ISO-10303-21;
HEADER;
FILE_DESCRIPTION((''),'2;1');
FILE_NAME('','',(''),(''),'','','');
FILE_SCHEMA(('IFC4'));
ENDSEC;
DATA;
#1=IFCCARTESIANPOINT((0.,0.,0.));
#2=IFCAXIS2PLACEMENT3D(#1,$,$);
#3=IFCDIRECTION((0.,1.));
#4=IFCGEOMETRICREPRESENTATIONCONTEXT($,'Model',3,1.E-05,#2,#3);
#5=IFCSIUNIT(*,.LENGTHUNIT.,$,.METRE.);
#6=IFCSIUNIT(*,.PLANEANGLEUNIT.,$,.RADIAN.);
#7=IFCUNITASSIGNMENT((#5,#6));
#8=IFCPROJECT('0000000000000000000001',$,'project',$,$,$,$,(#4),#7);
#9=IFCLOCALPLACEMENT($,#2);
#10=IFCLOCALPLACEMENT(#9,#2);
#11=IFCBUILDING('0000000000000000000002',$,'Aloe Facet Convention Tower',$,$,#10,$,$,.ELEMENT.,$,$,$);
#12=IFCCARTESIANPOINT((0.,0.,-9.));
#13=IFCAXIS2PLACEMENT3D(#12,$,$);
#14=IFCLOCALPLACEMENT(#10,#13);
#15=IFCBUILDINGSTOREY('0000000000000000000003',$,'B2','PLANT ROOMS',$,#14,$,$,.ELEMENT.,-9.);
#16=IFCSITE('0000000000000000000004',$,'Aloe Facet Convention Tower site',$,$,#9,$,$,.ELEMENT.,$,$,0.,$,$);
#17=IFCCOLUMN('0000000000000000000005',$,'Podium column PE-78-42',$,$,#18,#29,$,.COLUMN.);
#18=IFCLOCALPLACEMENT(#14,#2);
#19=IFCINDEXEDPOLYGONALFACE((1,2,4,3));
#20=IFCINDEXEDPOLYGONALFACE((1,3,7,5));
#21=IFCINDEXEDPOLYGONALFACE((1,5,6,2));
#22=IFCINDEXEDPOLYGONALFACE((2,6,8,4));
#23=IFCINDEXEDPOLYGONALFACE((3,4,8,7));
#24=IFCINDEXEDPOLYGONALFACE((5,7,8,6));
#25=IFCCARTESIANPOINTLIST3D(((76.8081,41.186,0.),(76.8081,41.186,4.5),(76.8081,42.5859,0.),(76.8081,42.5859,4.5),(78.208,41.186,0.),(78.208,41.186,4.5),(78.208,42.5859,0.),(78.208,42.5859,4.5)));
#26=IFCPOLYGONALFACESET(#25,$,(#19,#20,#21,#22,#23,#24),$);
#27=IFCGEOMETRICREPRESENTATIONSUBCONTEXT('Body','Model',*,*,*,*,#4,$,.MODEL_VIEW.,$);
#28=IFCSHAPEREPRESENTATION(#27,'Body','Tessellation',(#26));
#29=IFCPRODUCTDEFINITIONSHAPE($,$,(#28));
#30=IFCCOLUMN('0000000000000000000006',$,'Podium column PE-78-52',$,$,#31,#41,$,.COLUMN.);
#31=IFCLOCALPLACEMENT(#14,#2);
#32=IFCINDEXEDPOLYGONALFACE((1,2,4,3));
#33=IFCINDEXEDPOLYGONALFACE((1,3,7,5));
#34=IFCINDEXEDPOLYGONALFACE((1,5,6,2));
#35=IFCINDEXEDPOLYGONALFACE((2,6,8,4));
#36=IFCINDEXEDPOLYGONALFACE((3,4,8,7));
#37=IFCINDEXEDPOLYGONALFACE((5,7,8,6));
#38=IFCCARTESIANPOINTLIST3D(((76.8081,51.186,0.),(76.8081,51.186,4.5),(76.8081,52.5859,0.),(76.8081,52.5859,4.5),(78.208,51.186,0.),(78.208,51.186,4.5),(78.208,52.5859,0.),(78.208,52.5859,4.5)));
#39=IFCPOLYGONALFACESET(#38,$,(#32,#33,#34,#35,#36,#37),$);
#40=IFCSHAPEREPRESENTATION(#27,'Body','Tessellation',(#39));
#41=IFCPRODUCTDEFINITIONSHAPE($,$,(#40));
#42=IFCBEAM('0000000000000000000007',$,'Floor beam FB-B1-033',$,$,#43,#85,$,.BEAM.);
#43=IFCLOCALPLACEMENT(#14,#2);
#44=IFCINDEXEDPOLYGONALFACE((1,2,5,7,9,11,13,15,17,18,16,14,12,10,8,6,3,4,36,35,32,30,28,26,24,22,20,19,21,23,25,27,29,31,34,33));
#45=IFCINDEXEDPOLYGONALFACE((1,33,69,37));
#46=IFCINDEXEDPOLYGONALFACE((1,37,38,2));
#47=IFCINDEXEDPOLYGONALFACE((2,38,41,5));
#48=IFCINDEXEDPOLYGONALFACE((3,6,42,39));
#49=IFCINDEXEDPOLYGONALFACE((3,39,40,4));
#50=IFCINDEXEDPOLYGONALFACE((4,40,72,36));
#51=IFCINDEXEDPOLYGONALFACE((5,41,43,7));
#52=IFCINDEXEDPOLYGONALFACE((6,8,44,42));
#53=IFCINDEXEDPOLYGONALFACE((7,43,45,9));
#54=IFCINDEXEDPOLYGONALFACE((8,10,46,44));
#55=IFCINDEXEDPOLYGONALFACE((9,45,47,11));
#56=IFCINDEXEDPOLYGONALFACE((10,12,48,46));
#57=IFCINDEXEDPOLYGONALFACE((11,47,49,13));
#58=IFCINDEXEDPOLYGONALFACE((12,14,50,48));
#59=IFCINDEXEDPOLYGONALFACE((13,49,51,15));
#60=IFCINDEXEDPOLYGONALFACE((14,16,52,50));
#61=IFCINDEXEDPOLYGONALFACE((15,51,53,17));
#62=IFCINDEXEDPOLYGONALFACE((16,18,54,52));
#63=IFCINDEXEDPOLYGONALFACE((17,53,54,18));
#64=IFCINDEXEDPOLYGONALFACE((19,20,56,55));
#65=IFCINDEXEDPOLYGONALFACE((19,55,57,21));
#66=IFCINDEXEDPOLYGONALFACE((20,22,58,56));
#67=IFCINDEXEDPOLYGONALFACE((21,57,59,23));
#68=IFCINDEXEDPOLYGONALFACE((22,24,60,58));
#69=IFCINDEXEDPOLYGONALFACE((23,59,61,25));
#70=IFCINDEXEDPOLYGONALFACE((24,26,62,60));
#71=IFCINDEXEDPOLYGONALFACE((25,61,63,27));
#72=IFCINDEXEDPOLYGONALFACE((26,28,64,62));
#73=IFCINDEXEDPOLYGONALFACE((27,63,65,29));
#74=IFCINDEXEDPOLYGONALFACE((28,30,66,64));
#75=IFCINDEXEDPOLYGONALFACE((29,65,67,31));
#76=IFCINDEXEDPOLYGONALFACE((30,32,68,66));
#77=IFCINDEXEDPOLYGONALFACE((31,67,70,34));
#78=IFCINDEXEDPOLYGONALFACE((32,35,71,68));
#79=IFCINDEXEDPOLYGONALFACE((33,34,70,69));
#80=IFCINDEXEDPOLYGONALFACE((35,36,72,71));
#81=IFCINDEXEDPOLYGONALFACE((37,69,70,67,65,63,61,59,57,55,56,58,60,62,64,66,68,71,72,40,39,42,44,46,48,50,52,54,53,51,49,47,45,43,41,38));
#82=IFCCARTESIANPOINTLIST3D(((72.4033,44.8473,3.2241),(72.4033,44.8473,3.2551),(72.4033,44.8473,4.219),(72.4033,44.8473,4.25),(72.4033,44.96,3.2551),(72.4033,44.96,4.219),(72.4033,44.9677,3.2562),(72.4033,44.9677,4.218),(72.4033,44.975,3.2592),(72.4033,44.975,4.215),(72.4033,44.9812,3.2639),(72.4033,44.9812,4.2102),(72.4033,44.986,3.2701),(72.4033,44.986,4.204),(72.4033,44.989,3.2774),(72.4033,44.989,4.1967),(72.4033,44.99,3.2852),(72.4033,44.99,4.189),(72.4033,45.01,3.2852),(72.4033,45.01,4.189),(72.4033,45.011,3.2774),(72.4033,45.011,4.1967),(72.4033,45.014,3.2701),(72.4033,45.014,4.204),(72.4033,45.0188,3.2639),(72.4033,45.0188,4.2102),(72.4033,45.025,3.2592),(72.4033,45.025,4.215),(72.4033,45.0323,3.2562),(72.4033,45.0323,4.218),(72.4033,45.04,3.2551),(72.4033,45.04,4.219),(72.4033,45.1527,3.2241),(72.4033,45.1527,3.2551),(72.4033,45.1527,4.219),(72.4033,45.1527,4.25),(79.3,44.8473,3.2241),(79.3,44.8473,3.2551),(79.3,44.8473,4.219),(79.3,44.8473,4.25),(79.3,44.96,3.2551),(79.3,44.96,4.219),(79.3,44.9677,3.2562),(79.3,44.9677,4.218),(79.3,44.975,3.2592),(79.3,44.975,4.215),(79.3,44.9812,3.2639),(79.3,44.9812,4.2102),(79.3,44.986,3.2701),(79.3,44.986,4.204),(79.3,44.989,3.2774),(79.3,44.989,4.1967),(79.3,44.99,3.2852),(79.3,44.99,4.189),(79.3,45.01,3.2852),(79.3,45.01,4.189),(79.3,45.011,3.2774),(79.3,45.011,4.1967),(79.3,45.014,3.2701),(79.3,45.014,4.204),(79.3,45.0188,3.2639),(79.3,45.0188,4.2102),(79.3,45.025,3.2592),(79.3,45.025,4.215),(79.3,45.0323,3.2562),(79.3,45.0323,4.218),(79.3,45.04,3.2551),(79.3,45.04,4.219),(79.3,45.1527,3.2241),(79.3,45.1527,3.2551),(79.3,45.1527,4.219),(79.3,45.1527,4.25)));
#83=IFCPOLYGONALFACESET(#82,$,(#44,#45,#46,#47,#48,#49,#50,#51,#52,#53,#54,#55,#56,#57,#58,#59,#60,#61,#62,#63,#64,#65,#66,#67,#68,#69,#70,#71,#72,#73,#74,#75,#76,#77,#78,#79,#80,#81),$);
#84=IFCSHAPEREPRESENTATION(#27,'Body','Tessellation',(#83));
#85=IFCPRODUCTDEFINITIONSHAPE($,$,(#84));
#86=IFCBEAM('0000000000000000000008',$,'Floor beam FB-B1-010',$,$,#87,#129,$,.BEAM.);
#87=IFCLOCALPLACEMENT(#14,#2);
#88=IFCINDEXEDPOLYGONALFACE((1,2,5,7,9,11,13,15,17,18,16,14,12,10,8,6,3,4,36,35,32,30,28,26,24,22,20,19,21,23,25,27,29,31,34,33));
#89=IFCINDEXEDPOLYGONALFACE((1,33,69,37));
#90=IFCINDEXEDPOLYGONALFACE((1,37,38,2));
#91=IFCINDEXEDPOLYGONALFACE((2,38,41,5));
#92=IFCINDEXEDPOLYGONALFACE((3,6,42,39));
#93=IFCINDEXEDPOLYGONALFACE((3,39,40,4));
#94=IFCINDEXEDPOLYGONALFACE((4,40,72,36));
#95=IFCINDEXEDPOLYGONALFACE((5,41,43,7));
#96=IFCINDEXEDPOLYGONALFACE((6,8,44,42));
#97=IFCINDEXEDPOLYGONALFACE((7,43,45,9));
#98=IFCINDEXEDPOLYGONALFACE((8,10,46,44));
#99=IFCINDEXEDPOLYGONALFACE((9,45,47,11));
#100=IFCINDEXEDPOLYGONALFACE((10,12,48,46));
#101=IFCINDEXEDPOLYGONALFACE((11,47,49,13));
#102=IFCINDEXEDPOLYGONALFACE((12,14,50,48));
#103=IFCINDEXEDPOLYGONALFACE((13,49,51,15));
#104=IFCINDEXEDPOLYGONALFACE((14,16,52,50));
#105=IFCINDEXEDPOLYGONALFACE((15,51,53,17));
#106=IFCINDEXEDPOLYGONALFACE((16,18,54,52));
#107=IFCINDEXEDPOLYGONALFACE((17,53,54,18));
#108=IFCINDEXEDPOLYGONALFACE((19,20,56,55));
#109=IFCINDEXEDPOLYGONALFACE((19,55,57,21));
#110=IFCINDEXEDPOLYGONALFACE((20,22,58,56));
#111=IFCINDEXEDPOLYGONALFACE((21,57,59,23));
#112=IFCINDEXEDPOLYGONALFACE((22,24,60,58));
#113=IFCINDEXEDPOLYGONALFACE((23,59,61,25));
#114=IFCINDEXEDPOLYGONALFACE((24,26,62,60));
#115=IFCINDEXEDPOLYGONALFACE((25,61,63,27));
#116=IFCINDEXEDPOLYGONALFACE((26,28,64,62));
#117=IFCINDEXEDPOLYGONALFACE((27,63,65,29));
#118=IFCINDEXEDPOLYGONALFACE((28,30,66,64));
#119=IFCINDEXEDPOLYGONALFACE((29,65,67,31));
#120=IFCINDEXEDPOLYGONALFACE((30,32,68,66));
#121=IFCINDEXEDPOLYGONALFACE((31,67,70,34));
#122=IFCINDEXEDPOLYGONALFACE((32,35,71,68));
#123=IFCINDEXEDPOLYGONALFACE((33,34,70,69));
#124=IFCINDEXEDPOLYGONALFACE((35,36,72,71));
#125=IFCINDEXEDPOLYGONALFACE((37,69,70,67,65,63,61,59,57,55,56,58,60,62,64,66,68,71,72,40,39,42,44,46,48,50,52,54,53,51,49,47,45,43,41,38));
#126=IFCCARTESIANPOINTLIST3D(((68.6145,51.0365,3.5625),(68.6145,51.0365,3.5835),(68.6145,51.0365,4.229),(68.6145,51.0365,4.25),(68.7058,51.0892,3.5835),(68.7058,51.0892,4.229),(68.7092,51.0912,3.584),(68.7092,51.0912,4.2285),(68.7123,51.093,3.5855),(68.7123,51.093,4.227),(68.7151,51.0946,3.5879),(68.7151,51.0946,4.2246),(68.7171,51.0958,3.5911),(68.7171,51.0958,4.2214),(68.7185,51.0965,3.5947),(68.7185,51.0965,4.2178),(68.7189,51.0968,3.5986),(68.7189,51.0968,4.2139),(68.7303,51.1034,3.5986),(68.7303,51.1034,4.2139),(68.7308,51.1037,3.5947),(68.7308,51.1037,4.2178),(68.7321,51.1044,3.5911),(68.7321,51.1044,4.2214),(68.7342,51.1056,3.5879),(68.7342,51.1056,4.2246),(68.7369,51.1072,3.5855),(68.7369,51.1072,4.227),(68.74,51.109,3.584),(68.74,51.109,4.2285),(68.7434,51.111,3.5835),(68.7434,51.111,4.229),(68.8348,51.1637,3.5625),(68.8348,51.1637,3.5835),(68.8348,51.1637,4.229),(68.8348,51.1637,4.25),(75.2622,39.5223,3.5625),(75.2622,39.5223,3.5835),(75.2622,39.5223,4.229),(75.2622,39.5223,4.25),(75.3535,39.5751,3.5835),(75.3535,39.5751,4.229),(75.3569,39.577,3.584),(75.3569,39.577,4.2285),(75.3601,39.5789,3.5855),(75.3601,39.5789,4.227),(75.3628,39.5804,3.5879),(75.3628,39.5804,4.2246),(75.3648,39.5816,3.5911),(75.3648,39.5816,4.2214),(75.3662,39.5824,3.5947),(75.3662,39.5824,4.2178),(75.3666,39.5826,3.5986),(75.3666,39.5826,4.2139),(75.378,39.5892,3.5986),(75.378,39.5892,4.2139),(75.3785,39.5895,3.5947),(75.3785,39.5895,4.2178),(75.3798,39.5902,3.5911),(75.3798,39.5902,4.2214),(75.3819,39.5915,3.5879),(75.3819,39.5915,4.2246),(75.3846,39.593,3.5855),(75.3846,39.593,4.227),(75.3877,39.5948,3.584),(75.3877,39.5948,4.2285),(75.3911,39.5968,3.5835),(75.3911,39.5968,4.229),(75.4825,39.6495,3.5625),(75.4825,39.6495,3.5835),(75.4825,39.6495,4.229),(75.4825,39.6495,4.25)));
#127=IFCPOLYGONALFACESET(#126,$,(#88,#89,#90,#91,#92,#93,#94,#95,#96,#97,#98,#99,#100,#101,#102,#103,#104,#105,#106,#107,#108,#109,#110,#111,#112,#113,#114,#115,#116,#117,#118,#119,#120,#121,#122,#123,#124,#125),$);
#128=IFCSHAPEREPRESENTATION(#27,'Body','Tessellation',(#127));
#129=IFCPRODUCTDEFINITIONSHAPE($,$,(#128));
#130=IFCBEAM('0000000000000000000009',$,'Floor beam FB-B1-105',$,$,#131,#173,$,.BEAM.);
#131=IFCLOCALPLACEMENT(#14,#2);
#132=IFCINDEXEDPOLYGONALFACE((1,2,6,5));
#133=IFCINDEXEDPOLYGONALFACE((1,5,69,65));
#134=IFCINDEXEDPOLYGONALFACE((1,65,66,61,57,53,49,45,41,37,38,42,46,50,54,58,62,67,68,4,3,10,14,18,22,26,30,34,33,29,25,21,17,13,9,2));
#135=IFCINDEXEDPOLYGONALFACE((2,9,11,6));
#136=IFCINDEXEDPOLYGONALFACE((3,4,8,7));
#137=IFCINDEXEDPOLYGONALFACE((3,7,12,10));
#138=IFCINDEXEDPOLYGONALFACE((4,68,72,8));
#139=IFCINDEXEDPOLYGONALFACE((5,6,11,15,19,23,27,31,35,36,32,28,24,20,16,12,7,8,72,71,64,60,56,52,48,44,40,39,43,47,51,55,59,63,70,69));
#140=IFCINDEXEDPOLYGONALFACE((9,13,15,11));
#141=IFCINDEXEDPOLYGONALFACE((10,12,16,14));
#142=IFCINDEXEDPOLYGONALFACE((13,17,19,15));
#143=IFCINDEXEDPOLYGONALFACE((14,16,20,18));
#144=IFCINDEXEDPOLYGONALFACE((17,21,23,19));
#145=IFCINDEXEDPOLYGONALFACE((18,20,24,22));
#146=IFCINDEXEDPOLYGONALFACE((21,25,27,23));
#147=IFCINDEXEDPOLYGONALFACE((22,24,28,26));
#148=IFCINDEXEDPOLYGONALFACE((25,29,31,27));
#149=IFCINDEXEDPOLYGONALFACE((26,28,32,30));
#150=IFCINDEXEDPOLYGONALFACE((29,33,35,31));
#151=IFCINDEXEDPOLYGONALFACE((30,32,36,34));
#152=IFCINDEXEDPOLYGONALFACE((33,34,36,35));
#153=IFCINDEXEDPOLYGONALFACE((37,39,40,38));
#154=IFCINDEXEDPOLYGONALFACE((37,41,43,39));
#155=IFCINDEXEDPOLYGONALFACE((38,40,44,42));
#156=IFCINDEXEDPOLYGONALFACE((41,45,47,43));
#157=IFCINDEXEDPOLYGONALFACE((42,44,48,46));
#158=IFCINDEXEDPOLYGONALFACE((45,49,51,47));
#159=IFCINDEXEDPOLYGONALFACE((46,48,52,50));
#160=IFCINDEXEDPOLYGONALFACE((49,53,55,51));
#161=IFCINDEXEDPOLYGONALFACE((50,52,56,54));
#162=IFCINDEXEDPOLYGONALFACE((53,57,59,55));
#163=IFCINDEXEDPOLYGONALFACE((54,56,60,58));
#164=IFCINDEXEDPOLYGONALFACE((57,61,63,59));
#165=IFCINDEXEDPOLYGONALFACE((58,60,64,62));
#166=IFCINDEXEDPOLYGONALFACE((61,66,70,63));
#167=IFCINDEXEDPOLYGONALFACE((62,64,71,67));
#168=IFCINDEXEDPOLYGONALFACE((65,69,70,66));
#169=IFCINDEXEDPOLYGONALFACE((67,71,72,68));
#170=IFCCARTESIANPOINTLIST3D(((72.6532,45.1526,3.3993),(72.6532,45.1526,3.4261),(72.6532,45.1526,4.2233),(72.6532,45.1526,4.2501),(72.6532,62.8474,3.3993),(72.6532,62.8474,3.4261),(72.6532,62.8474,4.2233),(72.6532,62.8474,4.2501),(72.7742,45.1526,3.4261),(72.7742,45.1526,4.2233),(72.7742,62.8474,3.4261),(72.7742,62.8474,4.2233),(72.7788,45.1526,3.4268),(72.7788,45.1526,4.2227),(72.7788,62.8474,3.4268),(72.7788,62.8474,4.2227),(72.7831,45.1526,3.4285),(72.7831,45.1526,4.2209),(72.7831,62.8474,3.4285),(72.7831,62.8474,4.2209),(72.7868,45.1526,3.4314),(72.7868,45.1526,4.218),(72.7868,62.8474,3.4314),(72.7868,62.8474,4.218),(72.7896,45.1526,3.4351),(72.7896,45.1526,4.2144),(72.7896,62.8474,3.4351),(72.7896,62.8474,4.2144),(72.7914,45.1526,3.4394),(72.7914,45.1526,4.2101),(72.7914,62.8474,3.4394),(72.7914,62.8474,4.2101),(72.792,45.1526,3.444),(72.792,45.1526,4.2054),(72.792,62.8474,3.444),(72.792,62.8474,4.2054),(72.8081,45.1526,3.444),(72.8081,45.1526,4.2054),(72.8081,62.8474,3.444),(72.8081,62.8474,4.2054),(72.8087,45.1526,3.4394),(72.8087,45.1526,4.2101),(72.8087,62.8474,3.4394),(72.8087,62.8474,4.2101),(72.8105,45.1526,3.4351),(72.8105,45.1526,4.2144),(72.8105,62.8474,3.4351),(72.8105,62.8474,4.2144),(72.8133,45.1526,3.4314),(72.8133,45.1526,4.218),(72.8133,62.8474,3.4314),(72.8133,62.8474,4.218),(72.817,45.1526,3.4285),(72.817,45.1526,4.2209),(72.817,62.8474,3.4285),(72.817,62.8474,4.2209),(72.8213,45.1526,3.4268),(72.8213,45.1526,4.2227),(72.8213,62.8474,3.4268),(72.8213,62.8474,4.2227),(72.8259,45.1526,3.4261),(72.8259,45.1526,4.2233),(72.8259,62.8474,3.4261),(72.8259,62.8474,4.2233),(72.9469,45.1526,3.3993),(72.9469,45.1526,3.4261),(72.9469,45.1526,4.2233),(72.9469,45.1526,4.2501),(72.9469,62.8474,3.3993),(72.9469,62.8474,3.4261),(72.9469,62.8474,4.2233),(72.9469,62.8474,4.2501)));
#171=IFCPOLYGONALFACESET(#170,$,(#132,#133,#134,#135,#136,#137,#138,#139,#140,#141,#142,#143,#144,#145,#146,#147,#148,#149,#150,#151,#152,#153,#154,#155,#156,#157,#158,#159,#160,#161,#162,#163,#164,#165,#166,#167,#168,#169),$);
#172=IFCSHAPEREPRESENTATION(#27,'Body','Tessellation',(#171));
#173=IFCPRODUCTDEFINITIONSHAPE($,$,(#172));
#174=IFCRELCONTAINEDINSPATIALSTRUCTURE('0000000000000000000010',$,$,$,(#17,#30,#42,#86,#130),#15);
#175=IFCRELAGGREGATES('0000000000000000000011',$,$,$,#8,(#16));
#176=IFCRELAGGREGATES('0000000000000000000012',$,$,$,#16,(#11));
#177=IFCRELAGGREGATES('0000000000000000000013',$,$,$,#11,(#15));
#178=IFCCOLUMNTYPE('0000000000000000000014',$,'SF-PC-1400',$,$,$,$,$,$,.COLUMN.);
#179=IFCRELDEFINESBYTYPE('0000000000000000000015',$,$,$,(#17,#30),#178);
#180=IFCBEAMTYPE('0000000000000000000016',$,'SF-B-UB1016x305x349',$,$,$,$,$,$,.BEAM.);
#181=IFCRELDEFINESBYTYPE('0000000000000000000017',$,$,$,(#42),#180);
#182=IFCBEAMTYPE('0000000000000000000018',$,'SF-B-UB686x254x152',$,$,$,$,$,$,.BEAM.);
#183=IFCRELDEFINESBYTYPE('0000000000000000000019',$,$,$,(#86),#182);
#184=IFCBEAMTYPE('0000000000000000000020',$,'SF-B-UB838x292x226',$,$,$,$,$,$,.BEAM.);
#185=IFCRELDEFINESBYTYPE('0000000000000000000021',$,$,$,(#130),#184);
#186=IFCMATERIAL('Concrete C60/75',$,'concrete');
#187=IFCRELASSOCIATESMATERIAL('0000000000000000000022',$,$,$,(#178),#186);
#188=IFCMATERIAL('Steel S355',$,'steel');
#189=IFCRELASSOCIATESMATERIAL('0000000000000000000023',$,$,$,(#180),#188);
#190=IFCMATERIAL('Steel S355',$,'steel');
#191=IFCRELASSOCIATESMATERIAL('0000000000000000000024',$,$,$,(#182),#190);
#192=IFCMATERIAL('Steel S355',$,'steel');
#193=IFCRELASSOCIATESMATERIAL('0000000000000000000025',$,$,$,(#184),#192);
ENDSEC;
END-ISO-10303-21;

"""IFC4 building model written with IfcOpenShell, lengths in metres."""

from ifc_helpers import new_model, si_unit, direction, frame, origin, origin_2d, place, context, subcontext, project, spatial, rectangle, i_section, extrude, material, material_profile, profile_set, type_object, element, save


model = new_model("IFC4")

# Units and contexts
model_context = context("Model", 3, precision=1e-05, world=origin(), true_north=direction((0.0, 1.0)))
body_context = subcontext(model_context, "Body", "Model", "MODEL_VIEW")
ifc_project = project(units=[si_unit("LENGTHUNIT", "METRE"), si_unit("PLANEANGLEUNIT", "RADIAN")], contexts=[model_context])

# Site, building, storey
site_placement = place(None, origin())
site = spatial("IfcSite", under=ifc_project, at=site_placement, Name="Aloe Facet Convention Tower site", CompositionType="ELEMENT", RefElevation=0.0)
building_placement = place(site_placement, origin())
building = spatial("IfcBuilding", under=site, at=building_placement, Name="Aloe Facet Convention Tower", CompositionType="ELEMENT")
storey_placement = place(building_placement, frame((0.0, 0.0, -9.0)))
storey = spatial("IfcBuildingStorey", under=building, at=storey_placement, Name="B2", Description="PLANT ROOMS", CompositionType="ELEMENT", Elevation=-9.0)

# Columns
ifc_material_1 = material(Name="Concrete C60/75", Category="concrete")
ifc_material_profile_1 = material_profile(ifc_material_1, rectangle(XDim=1.3999, YDim=1.3999, at=origin_2d()), Name="SF-PC-1400")
ifc_profile_set_1 = profile_set([ifc_material_profile_1], Name="Concrete C60/75")
column_type = type_object("IfcColumnType", Name="SF-PC-1400", PredefinedType="COLUMN", material=ifc_profile_set_1)
for number, where, z_axis, x_axis, name in (
    (1, (77.5081, 41.886, 0.0), (0.0, 0.0, 1.0), (1.0, 0.0, 0.0), "Podium column PE-78-42"),
    (2, (77.5081, 51.886, 0.0), (0.0, 0.0, 1.0), (1.0, 0.0, 0.0), "Podium column PE-78-52"),
):
    element("IfcColumn", number, at=place(storey_placement, frame(where, z_axis=z_axis, x_axis=x_axis)), inside=storey, type_object=column_type, Name=name, PredefinedType="COLUMN", context=body_context, shape_type="SweptSolid", body=[
        extrude(rectangle(XDim=1.3999, YDim=1.3999, at=origin_2d()), origin(), (0.0, 0.0, 1.0), 4.5),
    ])

# Beams
ifc_material_2 = material(Name="Steel S355", Category="steel")
ifc_material_profile_2 = material_profile(ifc_material_2, i_section(OverallWidth=0.3054, OverallDepth=1.0259, WebThickness=0.02, FlangeThickness=0.031, FilletRadius=0.03, at=origin_2d()), Name="UB 1016x305x349")
ifc_profile_set_2 = profile_set([ifc_material_profile_2], Name="Steel S355")
beam_type_1 = type_object("IfcBeamType", Name="SF-B-UB1016x305x349", PredefinedType="BEAM", material=ifc_profile_set_2)
beam_1_placement = place(storey_placement, frame((72.4033, 45.0, 3.7371), z_axis=(1.0, 0.0, 0.0), x_axis=(0.0, 1.0, 0.0)))
element("IfcBeam", 3, at=beam_1_placement, inside=storey, type_object=beam_type_1, Name="Floor beam FB-B1-033", PredefinedType="BEAM", context=body_context, shape_type="SweptSolid", body=[
    extrude(i_section(OverallWidth=0.3054, OverallDepth=1.0259, WebThickness=0.02, FlangeThickness=0.031, FilletRadius=0.03, at=origin_2d()), origin(), (0.0, 0.0, 1.0), 6.8967),
])
ifc_material_3 = material(Name="Steel S355", Category="steel")
ifc_material_profile_3 = material_profile(ifc_material_3, i_section(OverallWidth=0.2544, OverallDepth=0.6875, WebThickness=0.0132, FlangeThickness=0.021, FilletRadius=0.0151, at=origin_2d()), Name="UB 686x254x152")
ifc_profile_set_3 = profile_set([ifc_material_profile_3], Name="Steel S355")
beam_type_2 = type_object("IfcBeamType", Name="SF-B-UB686x254x152", PredefinedType="BEAM", material=ifc_profile_set_3)
beam_2_placement = place(storey_placement, frame((75.3723, 39.5859, 3.9062), z_axis=(-0.5, 0.866025, 0.0), x_axis=(-0.866025, -0.5, 0.0)))
element("IfcBeam", 4, at=beam_2_placement, inside=storey, type_object=beam_type_2, Name="Floor beam FB-B1-010", PredefinedType="BEAM", context=body_context, shape_type="SweptSolid", body=[
    extrude(i_section(OverallWidth=0.2544, OverallDepth=0.6875, WebThickness=0.0132, FlangeThickness=0.021, FilletRadius=0.0151, at=origin_2d()), origin(), (0.0, 0.0, 1.0), 13.2954),
])
ifc_material_4 = material(Name="Steel S355", Category="steel")
ifc_material_profile_4 = material_profile(ifc_material_4, i_section(OverallWidth=0.2937, OverallDepth=0.8508, WebThickness=0.0161, FlangeThickness=0.0269, FilletRadius=0.0178, at=origin_2d()), Name="UB 838x292x226")
ifc_profile_set_4 = profile_set([ifc_material_profile_4], Name="Steel S355")
beam_type_3 = type_object("IfcBeamType", Name="SF-B-UB838x292x226", PredefinedType="BEAM", material=ifc_profile_set_4)
beam_3_placement = place(storey_placement, frame((72.8, 45.1526, 3.8247), z_axis=(0.0, 1.0, 0.0), x_axis=(-1.0, 0.0, 0.0)))
element("IfcBeam", 5, at=beam_3_placement, inside=storey, type_object=beam_type_3, Name="Floor beam FB-B1-105", PredefinedType="BEAM", context=body_context, shape_type="SweptSolid", body=[
    extrude(i_section(OverallWidth=0.2937, OverallDepth=0.8508, WebThickness=0.0161, FlangeThickness=0.0269, FilletRadius=0.0178, at=origin_2d()), origin(), (0.0, 0.0, 1.0), 17.6948),
])

save(model, "model.ifc")
